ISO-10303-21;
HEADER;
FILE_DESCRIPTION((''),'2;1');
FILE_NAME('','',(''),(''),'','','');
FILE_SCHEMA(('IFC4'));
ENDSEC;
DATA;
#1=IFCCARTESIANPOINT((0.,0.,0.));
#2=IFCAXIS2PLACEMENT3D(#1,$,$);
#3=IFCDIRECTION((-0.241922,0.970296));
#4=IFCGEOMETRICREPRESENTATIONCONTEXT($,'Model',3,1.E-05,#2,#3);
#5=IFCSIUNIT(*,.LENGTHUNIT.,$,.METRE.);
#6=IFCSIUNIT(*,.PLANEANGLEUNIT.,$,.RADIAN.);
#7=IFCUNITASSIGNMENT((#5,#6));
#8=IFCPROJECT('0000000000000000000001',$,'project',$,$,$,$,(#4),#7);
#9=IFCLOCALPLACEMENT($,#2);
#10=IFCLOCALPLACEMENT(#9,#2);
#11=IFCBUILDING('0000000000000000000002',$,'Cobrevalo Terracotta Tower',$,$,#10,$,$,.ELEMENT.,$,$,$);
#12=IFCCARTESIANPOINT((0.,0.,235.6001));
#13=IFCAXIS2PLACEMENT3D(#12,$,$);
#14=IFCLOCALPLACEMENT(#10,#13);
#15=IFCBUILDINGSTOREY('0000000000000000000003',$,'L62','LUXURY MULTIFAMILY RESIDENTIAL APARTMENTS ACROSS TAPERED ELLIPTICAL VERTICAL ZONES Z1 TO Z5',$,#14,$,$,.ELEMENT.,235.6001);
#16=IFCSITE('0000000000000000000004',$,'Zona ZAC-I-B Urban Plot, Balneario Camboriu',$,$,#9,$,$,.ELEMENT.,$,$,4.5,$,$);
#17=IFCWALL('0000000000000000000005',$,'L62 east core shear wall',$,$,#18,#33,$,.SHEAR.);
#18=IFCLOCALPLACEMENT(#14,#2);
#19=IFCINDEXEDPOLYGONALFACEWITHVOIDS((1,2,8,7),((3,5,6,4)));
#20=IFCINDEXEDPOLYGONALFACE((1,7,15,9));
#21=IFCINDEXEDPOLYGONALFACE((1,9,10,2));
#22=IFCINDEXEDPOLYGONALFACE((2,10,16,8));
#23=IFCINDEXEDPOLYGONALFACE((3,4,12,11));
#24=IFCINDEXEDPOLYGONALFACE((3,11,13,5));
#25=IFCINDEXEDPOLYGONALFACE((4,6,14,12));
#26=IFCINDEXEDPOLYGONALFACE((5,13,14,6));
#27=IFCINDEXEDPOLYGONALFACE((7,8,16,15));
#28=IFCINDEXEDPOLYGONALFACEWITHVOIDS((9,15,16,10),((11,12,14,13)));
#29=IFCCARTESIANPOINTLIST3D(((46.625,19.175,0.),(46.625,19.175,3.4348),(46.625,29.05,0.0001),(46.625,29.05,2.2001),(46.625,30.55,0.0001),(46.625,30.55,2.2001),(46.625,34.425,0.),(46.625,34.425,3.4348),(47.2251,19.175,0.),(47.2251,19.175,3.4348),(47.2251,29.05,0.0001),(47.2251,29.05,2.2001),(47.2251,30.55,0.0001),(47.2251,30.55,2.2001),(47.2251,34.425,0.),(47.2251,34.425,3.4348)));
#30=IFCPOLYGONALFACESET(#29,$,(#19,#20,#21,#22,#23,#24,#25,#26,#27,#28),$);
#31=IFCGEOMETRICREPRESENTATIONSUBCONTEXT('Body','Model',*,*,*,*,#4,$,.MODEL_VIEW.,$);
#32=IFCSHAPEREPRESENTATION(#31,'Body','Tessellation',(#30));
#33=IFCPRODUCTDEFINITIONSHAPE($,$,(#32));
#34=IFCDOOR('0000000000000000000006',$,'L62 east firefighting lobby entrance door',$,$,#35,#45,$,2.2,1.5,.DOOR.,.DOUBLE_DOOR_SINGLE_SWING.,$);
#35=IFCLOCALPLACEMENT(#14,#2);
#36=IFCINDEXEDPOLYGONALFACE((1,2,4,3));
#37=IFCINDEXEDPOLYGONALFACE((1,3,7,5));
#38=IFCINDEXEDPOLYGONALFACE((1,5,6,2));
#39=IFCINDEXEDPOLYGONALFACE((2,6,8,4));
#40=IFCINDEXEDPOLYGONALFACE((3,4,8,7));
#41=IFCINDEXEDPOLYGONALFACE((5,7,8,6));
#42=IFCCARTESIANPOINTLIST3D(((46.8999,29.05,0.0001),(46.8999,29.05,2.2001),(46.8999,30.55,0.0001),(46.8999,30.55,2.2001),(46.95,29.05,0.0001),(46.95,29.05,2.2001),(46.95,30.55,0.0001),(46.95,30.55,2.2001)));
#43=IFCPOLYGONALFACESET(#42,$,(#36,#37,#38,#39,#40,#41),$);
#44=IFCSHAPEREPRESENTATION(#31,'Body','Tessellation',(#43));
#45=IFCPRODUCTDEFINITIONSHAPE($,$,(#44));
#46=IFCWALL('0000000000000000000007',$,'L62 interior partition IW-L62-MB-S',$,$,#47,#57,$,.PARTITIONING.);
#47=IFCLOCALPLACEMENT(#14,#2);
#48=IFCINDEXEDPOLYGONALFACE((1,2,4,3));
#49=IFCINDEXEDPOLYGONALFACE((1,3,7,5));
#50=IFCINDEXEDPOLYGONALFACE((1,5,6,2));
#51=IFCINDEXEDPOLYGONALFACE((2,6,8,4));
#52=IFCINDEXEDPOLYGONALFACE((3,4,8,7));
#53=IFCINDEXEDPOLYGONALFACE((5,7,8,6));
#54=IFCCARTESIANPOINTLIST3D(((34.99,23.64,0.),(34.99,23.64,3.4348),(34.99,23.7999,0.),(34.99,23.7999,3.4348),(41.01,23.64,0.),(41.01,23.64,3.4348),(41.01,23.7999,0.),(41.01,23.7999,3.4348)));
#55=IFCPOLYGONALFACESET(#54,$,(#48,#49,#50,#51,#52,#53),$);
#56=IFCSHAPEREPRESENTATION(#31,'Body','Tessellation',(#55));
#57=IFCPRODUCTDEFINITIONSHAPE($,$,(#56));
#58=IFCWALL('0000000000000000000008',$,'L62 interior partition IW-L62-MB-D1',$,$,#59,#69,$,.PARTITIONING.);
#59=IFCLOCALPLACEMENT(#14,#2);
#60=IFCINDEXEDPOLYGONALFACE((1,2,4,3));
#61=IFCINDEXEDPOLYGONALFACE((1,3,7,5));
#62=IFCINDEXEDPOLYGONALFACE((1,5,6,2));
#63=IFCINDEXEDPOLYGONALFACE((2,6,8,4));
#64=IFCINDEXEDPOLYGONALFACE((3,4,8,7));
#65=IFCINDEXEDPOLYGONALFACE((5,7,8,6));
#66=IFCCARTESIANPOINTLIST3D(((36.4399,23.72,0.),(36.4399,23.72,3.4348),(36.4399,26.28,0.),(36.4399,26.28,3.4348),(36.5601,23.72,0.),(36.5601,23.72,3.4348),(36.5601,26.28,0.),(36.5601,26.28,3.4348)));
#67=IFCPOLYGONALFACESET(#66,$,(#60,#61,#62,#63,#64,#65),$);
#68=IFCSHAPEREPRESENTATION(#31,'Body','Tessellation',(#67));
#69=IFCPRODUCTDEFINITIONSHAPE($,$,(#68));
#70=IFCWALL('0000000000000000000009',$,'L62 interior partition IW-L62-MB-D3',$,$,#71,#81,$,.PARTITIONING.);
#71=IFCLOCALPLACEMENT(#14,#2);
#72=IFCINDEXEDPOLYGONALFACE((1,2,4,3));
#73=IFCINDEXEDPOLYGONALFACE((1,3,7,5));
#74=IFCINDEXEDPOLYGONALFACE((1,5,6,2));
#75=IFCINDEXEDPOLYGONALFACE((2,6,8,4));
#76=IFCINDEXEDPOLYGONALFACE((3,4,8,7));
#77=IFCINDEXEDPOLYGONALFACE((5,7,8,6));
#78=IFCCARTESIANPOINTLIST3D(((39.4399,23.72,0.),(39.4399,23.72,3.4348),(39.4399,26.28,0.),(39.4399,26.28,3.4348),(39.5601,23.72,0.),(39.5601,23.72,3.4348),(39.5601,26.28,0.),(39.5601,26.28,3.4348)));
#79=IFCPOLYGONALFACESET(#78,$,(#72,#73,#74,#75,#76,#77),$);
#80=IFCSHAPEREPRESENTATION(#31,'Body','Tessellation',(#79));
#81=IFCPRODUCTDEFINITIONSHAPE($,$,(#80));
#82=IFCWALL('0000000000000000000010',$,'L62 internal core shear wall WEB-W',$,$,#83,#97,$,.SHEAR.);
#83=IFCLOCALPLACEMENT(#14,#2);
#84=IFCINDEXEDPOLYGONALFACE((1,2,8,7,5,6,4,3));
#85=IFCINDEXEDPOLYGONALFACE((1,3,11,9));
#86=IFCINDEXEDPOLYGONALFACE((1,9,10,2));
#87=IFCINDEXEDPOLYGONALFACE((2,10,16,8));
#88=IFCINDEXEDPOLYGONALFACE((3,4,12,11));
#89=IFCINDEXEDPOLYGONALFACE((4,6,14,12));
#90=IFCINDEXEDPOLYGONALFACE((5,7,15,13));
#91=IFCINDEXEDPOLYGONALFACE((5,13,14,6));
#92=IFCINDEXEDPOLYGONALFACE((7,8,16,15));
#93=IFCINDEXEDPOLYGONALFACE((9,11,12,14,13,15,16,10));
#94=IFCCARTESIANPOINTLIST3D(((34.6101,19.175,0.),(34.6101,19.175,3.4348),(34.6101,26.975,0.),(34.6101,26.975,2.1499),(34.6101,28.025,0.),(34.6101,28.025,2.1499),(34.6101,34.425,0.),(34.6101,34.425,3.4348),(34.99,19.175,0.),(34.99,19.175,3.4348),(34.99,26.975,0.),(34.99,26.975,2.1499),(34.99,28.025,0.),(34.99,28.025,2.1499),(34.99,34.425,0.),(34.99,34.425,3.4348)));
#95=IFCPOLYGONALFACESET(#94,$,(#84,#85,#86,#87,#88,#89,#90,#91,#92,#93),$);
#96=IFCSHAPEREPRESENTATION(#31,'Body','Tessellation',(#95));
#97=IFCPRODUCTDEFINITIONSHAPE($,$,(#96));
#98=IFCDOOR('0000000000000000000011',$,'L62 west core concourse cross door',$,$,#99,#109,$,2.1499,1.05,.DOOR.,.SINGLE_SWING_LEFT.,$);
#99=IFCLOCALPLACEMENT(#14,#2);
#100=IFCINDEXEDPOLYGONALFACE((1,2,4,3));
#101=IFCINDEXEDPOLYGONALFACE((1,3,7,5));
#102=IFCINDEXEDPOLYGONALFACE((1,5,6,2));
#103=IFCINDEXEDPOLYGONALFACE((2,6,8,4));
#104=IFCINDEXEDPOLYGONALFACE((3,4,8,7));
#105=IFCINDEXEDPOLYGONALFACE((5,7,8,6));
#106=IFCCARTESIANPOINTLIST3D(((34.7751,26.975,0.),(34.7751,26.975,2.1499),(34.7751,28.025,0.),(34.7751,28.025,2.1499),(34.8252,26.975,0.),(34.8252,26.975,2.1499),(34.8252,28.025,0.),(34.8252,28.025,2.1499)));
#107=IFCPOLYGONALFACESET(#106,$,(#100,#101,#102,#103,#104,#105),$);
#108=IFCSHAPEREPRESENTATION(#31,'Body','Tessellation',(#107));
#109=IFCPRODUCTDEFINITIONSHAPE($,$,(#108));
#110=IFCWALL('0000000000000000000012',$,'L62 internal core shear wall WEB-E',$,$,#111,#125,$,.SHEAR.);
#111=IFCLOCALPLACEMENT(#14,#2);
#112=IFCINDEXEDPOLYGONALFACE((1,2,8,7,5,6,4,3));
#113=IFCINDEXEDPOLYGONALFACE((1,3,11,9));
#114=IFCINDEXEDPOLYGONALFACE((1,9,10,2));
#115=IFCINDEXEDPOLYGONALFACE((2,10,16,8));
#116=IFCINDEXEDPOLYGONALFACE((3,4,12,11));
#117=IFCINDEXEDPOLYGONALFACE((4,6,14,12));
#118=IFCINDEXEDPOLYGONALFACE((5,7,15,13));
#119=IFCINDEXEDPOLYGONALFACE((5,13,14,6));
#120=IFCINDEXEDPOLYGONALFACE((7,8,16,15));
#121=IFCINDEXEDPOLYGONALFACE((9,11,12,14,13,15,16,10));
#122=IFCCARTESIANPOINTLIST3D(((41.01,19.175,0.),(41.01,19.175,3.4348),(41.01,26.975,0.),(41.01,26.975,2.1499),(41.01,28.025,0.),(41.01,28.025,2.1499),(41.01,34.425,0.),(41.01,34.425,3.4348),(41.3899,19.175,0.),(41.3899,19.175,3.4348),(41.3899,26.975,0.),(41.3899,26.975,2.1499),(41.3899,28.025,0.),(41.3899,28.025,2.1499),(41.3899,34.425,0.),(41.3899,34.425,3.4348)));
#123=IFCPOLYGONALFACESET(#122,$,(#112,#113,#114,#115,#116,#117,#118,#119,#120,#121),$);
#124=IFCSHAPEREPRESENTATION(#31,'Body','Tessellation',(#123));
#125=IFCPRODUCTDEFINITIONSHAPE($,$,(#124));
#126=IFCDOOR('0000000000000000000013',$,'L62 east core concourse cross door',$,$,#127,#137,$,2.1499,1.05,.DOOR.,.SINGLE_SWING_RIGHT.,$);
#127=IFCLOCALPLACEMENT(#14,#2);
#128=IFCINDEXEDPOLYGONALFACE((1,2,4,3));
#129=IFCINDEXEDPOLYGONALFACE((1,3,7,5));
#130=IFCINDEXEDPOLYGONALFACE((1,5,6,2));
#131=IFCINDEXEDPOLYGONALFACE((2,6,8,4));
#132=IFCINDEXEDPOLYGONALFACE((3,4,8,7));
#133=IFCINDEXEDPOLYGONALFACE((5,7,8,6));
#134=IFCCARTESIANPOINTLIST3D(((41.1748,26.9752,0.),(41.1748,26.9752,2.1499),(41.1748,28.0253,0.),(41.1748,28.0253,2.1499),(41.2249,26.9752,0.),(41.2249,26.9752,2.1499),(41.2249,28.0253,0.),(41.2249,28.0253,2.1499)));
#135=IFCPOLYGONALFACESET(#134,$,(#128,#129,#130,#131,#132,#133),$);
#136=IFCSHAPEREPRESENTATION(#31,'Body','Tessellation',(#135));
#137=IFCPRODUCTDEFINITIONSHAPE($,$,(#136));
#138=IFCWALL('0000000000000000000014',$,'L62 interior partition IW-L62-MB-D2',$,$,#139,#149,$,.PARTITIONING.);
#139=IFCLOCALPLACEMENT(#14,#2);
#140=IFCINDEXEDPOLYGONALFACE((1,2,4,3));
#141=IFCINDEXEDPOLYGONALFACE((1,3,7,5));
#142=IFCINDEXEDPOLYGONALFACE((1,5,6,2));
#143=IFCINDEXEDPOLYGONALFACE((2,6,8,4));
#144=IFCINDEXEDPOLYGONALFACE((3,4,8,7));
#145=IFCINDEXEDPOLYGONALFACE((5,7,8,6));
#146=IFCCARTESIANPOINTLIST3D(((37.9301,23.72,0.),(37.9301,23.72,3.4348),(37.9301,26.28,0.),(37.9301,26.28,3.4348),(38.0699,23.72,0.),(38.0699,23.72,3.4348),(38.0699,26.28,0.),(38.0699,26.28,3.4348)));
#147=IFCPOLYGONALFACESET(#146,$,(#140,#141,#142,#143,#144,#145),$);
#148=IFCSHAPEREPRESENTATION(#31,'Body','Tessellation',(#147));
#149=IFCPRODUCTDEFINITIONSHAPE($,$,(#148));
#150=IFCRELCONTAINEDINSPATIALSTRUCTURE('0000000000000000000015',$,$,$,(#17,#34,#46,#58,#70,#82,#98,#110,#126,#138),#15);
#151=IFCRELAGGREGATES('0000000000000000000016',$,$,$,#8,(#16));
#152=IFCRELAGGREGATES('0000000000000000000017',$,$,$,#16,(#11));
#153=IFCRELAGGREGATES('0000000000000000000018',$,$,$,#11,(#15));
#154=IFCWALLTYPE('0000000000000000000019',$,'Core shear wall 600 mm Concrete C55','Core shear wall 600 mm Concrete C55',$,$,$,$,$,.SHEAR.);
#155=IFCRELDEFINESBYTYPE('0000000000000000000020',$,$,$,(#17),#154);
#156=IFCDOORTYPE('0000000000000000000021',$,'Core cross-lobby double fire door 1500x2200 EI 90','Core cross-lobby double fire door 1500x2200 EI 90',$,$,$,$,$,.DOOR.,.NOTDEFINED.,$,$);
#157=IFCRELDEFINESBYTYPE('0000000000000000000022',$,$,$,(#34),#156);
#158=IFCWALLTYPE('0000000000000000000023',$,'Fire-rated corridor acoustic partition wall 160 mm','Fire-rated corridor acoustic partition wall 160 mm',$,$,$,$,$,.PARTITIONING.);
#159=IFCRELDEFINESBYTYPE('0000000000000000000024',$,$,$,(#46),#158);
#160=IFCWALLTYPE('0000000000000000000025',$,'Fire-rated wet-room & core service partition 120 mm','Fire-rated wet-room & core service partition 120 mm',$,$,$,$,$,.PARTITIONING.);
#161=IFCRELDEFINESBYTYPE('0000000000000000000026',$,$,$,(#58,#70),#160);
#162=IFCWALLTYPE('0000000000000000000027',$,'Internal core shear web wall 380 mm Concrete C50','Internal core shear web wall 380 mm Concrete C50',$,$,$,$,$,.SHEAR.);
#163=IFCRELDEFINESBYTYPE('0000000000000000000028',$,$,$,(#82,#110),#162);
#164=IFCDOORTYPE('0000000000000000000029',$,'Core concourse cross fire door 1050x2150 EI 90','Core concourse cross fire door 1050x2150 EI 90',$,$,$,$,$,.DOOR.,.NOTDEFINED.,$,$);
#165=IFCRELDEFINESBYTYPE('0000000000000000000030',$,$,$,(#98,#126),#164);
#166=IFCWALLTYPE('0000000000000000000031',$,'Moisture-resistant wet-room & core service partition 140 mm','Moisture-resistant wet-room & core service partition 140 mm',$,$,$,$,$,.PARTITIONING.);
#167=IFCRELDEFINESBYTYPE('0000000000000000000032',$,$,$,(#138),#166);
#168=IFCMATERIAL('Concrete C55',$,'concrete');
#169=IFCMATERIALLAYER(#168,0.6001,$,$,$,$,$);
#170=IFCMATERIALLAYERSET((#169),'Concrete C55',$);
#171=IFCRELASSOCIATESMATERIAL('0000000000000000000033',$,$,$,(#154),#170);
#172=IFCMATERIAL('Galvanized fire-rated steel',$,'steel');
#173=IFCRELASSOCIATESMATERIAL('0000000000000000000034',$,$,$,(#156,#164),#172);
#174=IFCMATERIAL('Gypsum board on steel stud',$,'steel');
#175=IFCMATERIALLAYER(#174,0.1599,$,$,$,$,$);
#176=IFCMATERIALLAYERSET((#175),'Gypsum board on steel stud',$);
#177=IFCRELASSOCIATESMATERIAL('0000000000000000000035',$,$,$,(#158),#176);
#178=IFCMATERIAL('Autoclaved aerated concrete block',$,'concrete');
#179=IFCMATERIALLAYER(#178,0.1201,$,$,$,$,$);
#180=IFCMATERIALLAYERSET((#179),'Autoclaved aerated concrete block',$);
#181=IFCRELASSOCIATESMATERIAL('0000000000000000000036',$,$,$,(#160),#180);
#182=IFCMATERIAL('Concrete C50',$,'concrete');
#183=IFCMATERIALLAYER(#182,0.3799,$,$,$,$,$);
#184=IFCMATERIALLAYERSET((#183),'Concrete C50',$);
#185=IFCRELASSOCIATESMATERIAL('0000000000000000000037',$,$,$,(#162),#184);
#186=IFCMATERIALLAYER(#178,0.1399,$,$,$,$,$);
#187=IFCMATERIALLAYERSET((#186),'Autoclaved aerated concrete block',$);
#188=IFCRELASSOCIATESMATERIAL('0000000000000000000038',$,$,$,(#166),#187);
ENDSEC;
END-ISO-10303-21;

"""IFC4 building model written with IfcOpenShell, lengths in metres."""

from ifc_helpers import new_model, si_unit, direction, frame, frame_2d, origin, place, context, subcontext, project, spatial, rectangle, extrude, source, transform, mapped, material, layer, layer_set, type_object, element, fill, save


model = new_model("IFC4")

# Units and contexts
model_context = context("Model", 3, precision=1e-05, world=origin(), true_north=direction((-0.241922, 0.970296)))
body_context = subcontext(model_context, "Body", "Model", "MODEL_VIEW")
ifc_project = project(units=[si_unit("LENGTHUNIT", "METRE"), si_unit("PLANEANGLEUNIT", "RADIAN")], contexts=[model_context])

# Site, building, storey
site_placement = place(None, origin())
site = spatial("IfcSite", under=ifc_project, at=site_placement, Name="Zona ZAC-I-B Urban Plot, Balneario Camboriu", CompositionType="ELEMENT", RefElevation=4.5)
building_placement = place(site_placement, origin())
building = spatial("IfcBuilding", under=site, at=building_placement, Name="Cobrevalo Terracotta Tower", CompositionType="ELEMENT")
storey_placement = place(building_placement, frame((0.0, 0.0, 235.6001)))
storey = spatial("IfcBuildingStorey", under=building, at=storey_placement, Name="L62", Description="LUXURY MULTIFAMILY RESIDENTIAL APARTMENTS ACROSS TAPERED ELLIPTICAL VERTICAL ZONES Z1 TO Z5", CompositionType="ELEMENT", Elevation=235.6001)

# Wall, opening, door
ifc_material_1 = material(Name="Concrete C55", Category="concrete")
ifc_layer_1 = layer(ifc_material_1, 0.6001)
ifc_layer_set_1 = layer_set([ifc_layer_1], Name="Concrete C55")
wall_type_1 = type_object("IfcWallType", Name="Core shear wall 600 mm Concrete C55", Description="Core shear wall 600 mm Concrete C55", PredefinedType="SHEAR", material=ifc_layer_set_1)
wall_1_placement = place(storey_placement, frame((46.925, 19.175, 0.0), z_axis=(0.0, 0.0, 1.0), x_axis=(0.0, 1.0, 0.0)))
wall_1 = element("IfcWall", 1, at=wall_1_placement, inside=storey, type_object=wall_type_1, Name="L62 east core shear wall", PredefinedType="SHEAR", context=body_context, shape_type="SweptSolid", body=[
    extrude(rectangle(XDim=15.25, YDim=0.6001, at=frame_2d((7.625, 0.0))), origin(), (0.0, 0.0, 1.0), 3.4348),
])
opening_1_placement = place(wall_1_placement, frame((9.875, 0.0, 0.0)))
opening_1 = element("IfcOpeningElement", 2, at=opening_1_placement, cuts=wall_1, PredefinedType="OPENING", context=body_context, shape_type="SweptSolid", body=[
    extrude(rectangle(XDim=1.5, YDim=2.2, at=frame_2d((0.75, 1.1001))), frame((0.0, 0.3101, 0.0), z_axis=(0.0, -1.0, 0.0), x_axis=(1.0, 0.0, 0.0)), (0.0, 0.0, 1.0), 0.6201),
])
ifc_material_2 = material(Name="Galvanized fire-rated steel", Category="steel")
door_type_1 = type_object("IfcDoorType", Name="Core cross-lobby double fire door 1500x2200 EI 90", Description="Core cross-lobby double fire door 1500x2200 EI 90", OperationType="NOTDEFINED", PredefinedType="DOOR", material=ifc_material_2)
shared_shape_1 = source(origin(), body_context, "Body", "SweptSolid", [
    extrude(rectangle(XDim=1.5, YDim=2.2, at=frame_2d((0.75, 1.1001))), frame((0.0, 0.0249, 0.0), z_axis=(0.0, -1.0, 0.0), x_axis=(1.0, 0.0, 0.0)), (0.0, 0.0, 1.0), 0.05),
])
door_1_placement = place(opening_1_placement, frame((1.5, 0.0, 0.0), z_axis=(0.0, 0.0, 1.0), x_axis=(-1.0, 0.0, 0.0)))
door_1 = element("IfcDoor", 3, at=door_1_placement, inside=storey, type_object=door_type_1, Name="L62 east firefighting lobby entrance door", OperationType="DOUBLE_DOOR_SINGLE_SWING", OverallHeight=2.2, OverallWidth=1.5, PredefinedType="DOOR", context=body_context, shape_type="MappedRepresentation", body=[
    mapped(shared_shape_1, transform((0.0, 0.0, 0.0), scale=1.0)),
])
fill(opening_1, door_1)

# Walls
ifc_material_3 = material(Name="Gypsum board on steel stud", Category="steel")
ifc_layer_2 = layer(ifc_material_3, 0.1599)
ifc_layer_set_2 = layer_set([ifc_layer_2], Name="Gypsum board on steel stud")
wall_type_2 = type_object("IfcWallType", Name="Fire-rated corridor acoustic partition wall 160 mm", Description="Fire-rated corridor acoustic partition wall 160 mm", PredefinedType="PARTITIONING", material=ifc_layer_set_2)
wall_2_placement = place(storey_placement, frame((34.99, 23.72, 0.0), z_axis=(0.0, 0.0, 1.0), x_axis=(1.0, 0.0, 0.0)))
element("IfcWall", 4, at=wall_2_placement, inside=storey, type_object=wall_type_2, Name="L62 interior partition IW-L62-MB-S", PredefinedType="PARTITIONING", context=body_context, shape_type="SweptSolid", body=[
    extrude(rectangle(XDim=6.02, YDim=0.1599, at=frame_2d((3.01, 0.0))), origin(), (0.0, 0.0, 1.0), 3.4348),
])
ifc_material_4 = material(Name="Autoclaved aerated concrete block", Category="concrete")
ifc_layer_3 = layer(ifc_material_4, 0.1201)
ifc_layer_set_3 = layer_set([ifc_layer_3], Name="Autoclaved aerated concrete block")
wall_type_3 = type_object("IfcWallType", Name="Fire-rated wet-room & core service partition 120 mm", Description="Fire-rated wet-room & core service partition 120 mm", PredefinedType="PARTITIONING", material=ifc_layer_set_3)
for number, where, z_axis, x_axis, name in (
    (5, (36.5, 23.72, 0.0), (0.0, 0.0, 1.0), (0.0, 1.0, 0.0), "L62 interior partition IW-L62-MB-D1"),
    (6, (39.5, 23.72, 0.0), (0.0, 0.0, 1.0), (0.0, 1.0, 0.0), "L62 interior partition IW-L62-MB-D3"),
):
    element("IfcWall", number, at=place(storey_placement, frame(where, z_axis=z_axis, x_axis=x_axis)), inside=storey, type_object=wall_type_3, Name=name, PredefinedType="PARTITIONING", context=body_context, shape_type="SweptSolid", body=[
        extrude(rectangle(XDim=2.5601, YDim=0.1201, at=frame_2d((1.28, 0.0))), origin(), (0.0, 0.0, 1.0), 3.4348),
    ])

# Walls, openings, doors
ifc_material_5 = material(Name="Concrete C50", Category="concrete")
ifc_layer_4 = layer(ifc_material_5, 0.3799)
ifc_layer_set_4 = layer_set([ifc_layer_4], Name="Concrete C50")
wall_type_4 = type_object("IfcWallType", Name="Internal core shear web wall 380 mm Concrete C50", Description="Internal core shear web wall 380 mm Concrete C50", PredefinedType="SHEAR", material=ifc_layer_set_4)
wall_3_placement = place(storey_placement, frame((34.8, 19.175, 0.0), z_axis=(0.0, 0.0, 1.0), x_axis=(0.0, 1.0, 0.0)))
wall_3 = element("IfcWall", 7, at=wall_3_placement, inside=storey, type_object=wall_type_4, Name="L62 internal core shear wall WEB-W", PredefinedType="SHEAR", context=body_context, shape_type="SweptSolid", body=[
    extrude(rectangle(XDim=15.25, YDim=0.3799, at=frame_2d((7.625, 0.0))), origin(), (0.0, 0.0, 1.0), 3.4348),
])
opening_2_placement = place(wall_3_placement, frame((7.8, 0.0, 0.0)))
opening_2 = element("IfcOpeningElement", 8, at=opening_2_placement, cuts=wall_3, PredefinedType="OPENING", context=body_context, shape_type="SweptSolid", body=[
    extrude(rectangle(XDim=1.05, YDim=2.1499, at=frame_2d((0.5249, 1.075))), frame((0.0, 0.2, 0.0), z_axis=(0.0, -1.0, 0.0), x_axis=(1.0, 0.0, 0.0)), (0.0, 0.0, 1.0), 0.3999),
])
door_type_2 = type_object("IfcDoorType", Name="Core concourse cross fire door 1050x2150 EI 90", Description="Core concourse cross fire door 1050x2150 EI 90", OperationType="NOTDEFINED", PredefinedType="DOOR", material=ifc_material_2)
shared_shape_2 = source(origin(), body_context, "Body", "SweptSolid", [
    extrude(rectangle(XDim=1.05, YDim=2.1499, at=frame_2d((0.5249, 1.075))), frame((0.0, 0.0249, 0.0), z_axis=(0.0, -1.0, 0.0), x_axis=(1.0, 0.0, 0.0)), (0.0, 0.0, 1.0), 0.05),
])
door_2_placement = place(opening_2_placement, origin())
door_2 = element("IfcDoor", 9, at=door_2_placement, inside=storey, type_object=door_type_2, Name="L62 west core concourse cross door", OperationType="SINGLE_SWING_LEFT", OverallHeight=2.1499, OverallWidth=1.05, PredefinedType="DOOR", context=body_context, shape_type="MappedRepresentation", body=[
    mapped(shared_shape_2, transform((0.0, 0.0, 0.0), scale=1.0)),
])
fill(opening_2, door_2)
wall_4_placement = place(storey_placement, frame((41.2, 19.175, 0.0), z_axis=(0.0, 0.0, 1.0), x_axis=(0.0, 1.0, 0.0)))
wall_4 = element("IfcWall", 10, at=wall_4_placement, inside=storey, type_object=wall_type_4, Name="L62 internal core shear wall WEB-E", PredefinedType="SHEAR", context=body_context, shape_type="SweptSolid", body=[
    extrude(rectangle(XDim=15.25, YDim=0.3799, at=frame_2d((7.625, 0.0))), origin(), (0.0, 0.0, 1.0), 3.4348),
])
opening_3_placement = place(wall_4_placement, frame((7.8, 0.0, 0.0)))
opening_3 = element("IfcOpeningElement", 11, at=opening_3_placement, cuts=wall_4, PredefinedType="OPENING", context=body_context, shape_type="SweptSolid", body=[
    extrude(rectangle(XDim=1.05, YDim=2.1499, at=frame_2d((0.5249, 1.075))), frame((0.0, 0.2, 0.0), z_axis=(0.0, -1.0, 0.0), x_axis=(1.0, 0.0, 0.0)), (0.0, 0.0, 1.0), 0.3999),
])
door_3_placement = place(opening_3_placement, frame((1.05, 0.0, 0.0), z_axis=(0.0, 0.0, 1.0), x_axis=(-1.0, 0.0, 0.0)))
door_3 = element("IfcDoor", 12, at=door_3_placement, inside=storey, type_object=door_type_2, Name="L62 east core concourse cross door", OperationType="SINGLE_SWING_RIGHT", OverallHeight=2.1499, OverallWidth=1.05, PredefinedType="DOOR", context=body_context, shape_type="MappedRepresentation", body=[
    mapped(shared_shape_2, transform((0.0, 0.0, 0.0), scale=1.0)),
])
fill(opening_3, door_3)

# Wall
ifc_layer_5 = layer(ifc_material_4, 0.1399)
ifc_layer_set_5 = layer_set([ifc_layer_5], Name="Autoclaved aerated concrete block")
wall_type_5 = type_object("IfcWallType", Name="Moisture-resistant wet-room & core service partition 140 mm", Description="Moisture-resistant wet-room & core service partition 140 mm", PredefinedType="PARTITIONING", material=ifc_layer_set_5)
wall_5_placement = place(storey_placement, frame((38.0, 23.72, 0.0), z_axis=(0.0, 0.0, 1.0), x_axis=(0.0, 1.0, 0.0)))
element("IfcWall", 13, at=wall_5_placement, inside=storey, type_object=wall_type_5, Name="L62 interior partition IW-L62-MB-D2", PredefinedType="PARTITIONING", context=body_context, shape_type="SweptSolid", body=[
    extrude(rectangle(XDim=2.5601, YDim=0.1399, at=frame_2d((1.28, 0.0))), origin(), (0.0, 0.0, 1.0), 3.4348),
])

save(model, "model.ifc")
